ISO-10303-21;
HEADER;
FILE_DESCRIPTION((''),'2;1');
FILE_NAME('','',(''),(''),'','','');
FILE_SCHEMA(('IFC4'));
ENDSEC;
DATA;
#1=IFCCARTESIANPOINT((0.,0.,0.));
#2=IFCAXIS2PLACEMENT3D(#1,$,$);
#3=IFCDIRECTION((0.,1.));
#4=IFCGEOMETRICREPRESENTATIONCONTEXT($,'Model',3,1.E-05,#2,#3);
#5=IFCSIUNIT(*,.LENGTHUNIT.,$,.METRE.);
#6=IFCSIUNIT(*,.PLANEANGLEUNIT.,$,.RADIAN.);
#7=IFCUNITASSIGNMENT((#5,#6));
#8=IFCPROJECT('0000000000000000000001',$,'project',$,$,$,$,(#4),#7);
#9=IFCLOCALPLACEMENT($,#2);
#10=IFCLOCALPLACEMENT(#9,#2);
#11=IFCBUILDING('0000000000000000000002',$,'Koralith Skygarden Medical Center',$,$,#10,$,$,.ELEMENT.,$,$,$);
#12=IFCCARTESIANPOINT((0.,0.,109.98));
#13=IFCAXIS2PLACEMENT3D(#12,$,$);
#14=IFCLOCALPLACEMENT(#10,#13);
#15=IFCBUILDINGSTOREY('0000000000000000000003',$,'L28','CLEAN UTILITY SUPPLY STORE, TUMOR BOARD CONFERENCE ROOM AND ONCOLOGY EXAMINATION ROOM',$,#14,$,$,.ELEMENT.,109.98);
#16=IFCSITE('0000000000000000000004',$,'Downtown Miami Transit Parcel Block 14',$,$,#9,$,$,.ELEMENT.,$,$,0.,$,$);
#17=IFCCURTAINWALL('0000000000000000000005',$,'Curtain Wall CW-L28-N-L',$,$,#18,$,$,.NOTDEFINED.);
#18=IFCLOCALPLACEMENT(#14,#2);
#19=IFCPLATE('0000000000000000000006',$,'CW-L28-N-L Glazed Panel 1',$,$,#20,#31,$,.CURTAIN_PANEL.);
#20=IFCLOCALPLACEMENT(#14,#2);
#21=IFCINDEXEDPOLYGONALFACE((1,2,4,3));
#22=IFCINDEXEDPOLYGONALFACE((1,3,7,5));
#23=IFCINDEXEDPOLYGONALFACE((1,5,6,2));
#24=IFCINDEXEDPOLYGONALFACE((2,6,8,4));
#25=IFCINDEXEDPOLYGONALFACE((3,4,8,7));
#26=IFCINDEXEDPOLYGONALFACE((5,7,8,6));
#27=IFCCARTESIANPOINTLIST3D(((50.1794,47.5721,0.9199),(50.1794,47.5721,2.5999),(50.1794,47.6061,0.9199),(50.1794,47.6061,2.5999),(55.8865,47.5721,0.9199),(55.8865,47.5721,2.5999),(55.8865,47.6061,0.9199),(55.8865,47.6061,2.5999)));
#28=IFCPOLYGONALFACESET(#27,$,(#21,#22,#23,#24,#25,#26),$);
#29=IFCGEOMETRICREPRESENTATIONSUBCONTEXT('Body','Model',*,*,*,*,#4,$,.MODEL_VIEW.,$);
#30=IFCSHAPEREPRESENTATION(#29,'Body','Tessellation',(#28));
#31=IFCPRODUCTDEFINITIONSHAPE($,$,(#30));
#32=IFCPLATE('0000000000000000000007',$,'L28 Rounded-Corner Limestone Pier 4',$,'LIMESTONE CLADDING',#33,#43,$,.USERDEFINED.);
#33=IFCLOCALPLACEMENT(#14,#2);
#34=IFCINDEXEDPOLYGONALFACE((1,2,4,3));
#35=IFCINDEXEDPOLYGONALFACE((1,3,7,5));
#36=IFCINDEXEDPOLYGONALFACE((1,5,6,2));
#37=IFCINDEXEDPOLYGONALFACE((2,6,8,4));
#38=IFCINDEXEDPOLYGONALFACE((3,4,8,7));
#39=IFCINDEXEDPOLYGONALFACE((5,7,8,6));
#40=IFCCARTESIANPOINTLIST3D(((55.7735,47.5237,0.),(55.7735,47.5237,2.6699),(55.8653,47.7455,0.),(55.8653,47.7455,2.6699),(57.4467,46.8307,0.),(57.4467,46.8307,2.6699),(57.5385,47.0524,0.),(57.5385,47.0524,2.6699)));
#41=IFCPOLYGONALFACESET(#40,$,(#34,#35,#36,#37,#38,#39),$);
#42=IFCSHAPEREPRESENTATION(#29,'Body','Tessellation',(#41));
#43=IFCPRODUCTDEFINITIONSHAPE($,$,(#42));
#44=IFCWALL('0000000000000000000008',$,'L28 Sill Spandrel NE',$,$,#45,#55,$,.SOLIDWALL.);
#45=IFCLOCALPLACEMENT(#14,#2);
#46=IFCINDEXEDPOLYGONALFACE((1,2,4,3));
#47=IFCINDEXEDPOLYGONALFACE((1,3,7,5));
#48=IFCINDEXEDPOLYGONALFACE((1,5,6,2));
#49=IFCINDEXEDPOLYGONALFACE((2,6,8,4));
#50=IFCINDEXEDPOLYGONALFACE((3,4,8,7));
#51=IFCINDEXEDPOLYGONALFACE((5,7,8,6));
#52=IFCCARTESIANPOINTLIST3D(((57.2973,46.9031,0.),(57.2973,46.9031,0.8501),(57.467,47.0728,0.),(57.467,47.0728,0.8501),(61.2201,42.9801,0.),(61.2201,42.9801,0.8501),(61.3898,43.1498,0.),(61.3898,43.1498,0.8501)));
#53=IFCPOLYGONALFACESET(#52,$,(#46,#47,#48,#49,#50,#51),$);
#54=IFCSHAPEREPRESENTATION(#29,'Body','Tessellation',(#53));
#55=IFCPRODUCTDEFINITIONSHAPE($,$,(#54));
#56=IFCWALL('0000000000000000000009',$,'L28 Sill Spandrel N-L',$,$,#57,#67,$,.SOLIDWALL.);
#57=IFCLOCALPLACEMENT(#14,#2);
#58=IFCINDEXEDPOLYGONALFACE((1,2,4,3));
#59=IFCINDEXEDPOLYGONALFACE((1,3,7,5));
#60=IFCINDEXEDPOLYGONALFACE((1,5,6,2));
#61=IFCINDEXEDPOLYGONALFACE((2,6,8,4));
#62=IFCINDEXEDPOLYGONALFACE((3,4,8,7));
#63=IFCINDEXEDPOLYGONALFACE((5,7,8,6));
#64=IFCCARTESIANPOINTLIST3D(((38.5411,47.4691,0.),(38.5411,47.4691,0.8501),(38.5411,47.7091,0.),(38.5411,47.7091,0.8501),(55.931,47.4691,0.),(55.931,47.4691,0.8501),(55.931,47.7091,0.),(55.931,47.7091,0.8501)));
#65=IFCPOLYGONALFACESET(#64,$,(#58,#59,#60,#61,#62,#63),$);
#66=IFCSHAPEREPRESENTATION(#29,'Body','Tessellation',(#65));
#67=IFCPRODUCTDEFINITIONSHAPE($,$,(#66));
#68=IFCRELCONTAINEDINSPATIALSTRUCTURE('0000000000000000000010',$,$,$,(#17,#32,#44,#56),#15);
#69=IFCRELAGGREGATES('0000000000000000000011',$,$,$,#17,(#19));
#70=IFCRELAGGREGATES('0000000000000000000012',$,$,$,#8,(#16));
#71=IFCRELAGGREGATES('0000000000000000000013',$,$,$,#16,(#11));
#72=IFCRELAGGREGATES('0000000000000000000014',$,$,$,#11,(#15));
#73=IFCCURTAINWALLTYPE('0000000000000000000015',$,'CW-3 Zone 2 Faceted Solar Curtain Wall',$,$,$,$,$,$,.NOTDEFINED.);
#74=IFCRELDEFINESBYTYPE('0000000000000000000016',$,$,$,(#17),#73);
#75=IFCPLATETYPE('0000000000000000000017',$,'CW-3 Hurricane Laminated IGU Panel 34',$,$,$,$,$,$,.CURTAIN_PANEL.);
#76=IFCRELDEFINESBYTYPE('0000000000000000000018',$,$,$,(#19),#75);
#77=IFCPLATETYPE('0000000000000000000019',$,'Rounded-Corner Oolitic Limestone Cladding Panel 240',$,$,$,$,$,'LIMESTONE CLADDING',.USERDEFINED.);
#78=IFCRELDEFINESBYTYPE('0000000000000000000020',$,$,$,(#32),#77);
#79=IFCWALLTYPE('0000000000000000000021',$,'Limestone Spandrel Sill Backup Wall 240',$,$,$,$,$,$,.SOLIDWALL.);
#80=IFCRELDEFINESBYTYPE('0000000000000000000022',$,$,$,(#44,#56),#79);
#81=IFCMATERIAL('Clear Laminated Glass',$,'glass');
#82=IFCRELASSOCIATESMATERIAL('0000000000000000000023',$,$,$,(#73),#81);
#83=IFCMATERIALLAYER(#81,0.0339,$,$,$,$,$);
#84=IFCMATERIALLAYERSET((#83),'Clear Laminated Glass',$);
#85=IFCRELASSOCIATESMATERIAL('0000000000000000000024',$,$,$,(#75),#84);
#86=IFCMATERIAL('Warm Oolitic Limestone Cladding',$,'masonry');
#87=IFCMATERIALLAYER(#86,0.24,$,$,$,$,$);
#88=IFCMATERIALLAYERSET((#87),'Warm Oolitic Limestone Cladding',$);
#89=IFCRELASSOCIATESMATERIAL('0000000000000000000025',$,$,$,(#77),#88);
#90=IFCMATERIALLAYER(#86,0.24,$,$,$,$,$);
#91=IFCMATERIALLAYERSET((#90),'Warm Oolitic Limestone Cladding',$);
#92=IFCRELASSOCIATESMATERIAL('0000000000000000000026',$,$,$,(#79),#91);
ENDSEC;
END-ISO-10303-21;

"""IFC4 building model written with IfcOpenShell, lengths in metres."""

from ifc_helpers import new_model, si_unit, direction, frame, frame_2d, origin, origin_2d, place, context, subcontext, project, spatial, rectangle, extrude, material, layer, layer_set, type_object, element, aggregate, save


model = new_model("IFC4")

# Units and contexts
model_context = context("Model", 3, precision=1e-05, world=origin(), true_north=direction((0.0, 1.0)))
body_context = subcontext(model_context, "Body", "Model", "MODEL_VIEW")
ifc_project = project(units=[si_unit("LENGTHUNIT", "METRE"), si_unit("PLANEANGLEUNIT", "RADIAN")], contexts=[model_context])

# Site, building, storey
site_placement = place(None, origin())
site = spatial("IfcSite", under=ifc_project, at=site_placement, Name="Downtown Miami Transit Parcel Block 14", CompositionType="ELEMENT", RefElevation=0.0)
building_placement = place(site_placement, origin())
building = spatial("IfcBuilding", under=site, at=building_placement, Name="Koralith Skygarden Medical Center", CompositionType="ELEMENT")
storey_placement = place(building_placement, frame((0.0, 0.0, 109.98)))
storey = spatial("IfcBuildingStorey", under=building, at=storey_placement, Name="L28", Description="CLEAN UTILITY SUPPLY STORE, TUMOR BOARD CONFERENCE ROOM AND ONCOLOGY EXAMINATION ROOM", CompositionType="ELEMENT", Elevation=109.98)

# Shared definitions
ifc_material_1 = material(Name="Clear Laminated Glass", Category="glass")
curtain_wall_type = type_object("IfcCurtainWallType", Name="CW-3 Zone 2 Faceted Solar Curtain Wall", PredefinedType="NOTDEFINED", material=ifc_material_1)

# Curtain wall
curtain_wall_1_placement = place(storey_placement, origin())
curtain_wall_1 = element("IfcCurtainWall", 1, at=curtain_wall_1_placement, inside=storey, type_object=curtain_wall_type, Name="Curtain Wall CW-L28-N-L", PredefinedType="NOTDEFINED")

# Plates
ifc_layer_1 = layer(ifc_material_1, 0.0339)
ifc_layer_set_1 = layer_set([ifc_layer_1], Name="Clear Laminated Glass")
plate_type_1 = type_object("IfcPlateType", Name="CW-3 Hurricane Laminated IGU Panel 34", PredefinedType="CURTAIN_PANEL", material=ifc_layer_set_1)
plate_1_placement = place(storey_placement, frame((53.033, 47.5891, 0.9199), z_axis=(0.0, 0.0, 1.0), x_axis=(-1.0, 0.0, 0.0)))
plate_1 = element("IfcPlate", 2, at=plate_1_placement, type_object=plate_type_1, Name="CW-L28-N-L Glazed Panel 1", PredefinedType="CURTAIN_PANEL", context=body_context, shape_type="SweptSolid", body=[
    extrude(rectangle(XDim=5.707, YDim=0.0339, at=origin_2d()), origin(), (0.0, 0.0, 1.0), 1.6799),
])
aggregate(curtain_wall_1, [plate_1])
ifc_material_2 = material(Name="Warm Oolitic Limestone Cladding", Category="masonry")
ifc_layer_2 = layer(ifc_material_2, 0.24)
ifc_layer_set_2 = layer_set([ifc_layer_2], Name="Warm Oolitic Limestone Cladding")
plate_type_2 = type_object("IfcPlateType", Name="Rounded-Corner Oolitic Limestone Cladding Panel 240", ElementType="LIMESTONE CLADDING", PredefinedType="USERDEFINED", material=ifc_layer_set_2)
plate_2_placement = place(storey_placement, frame((56.656, 47.2881, 0.0), z_axis=(0.0, 0.0, 1.0), x_axis=(-0.923885, 0.382671, 0.0)))
element("IfcPlate", 3, at=plate_2_placement, inside=storey, type_object=plate_type_2, Name="L28 Rounded-Corner Limestone Pier 4", ObjectType="LIMESTONE CLADDING", PredefinedType="USERDEFINED", context=body_context, shape_type="SweptSolid", body=[
    extrude(rectangle(XDim=1.811, YDim=0.24, at=origin_2d()), origin(), (0.0, 0.0, 1.0), 2.6699),
])

# Walls
ifc_layer_3 = layer(ifc_material_2, 0.24)
ifc_layer_set_3 = layer_set([ifc_layer_3], Name="Warm Oolitic Limestone Cladding")
wall_type = type_object("IfcWallType", Name="Limestone Spandrel Sill Backup Wall 240", PredefinedType="SOLIDWALL", material=ifc_layer_set_3)
wall_1_placement = place(storey_placement, frame((61.3049, 43.0649, 0.0), z_axis=(0.0, 0.0, 1.0), x_axis=(-0.707085, 0.707129, 0.0)))
element("IfcWall", 4, at=wall_1_placement, inside=storey, type_object=wall_type, Name="L28 Sill Spandrel NE", PredefinedType="SOLIDWALL", context=body_context, shape_type="SweptSolid", body=[
    extrude(rectangle(XDim=5.5479, YDim=0.24, at=frame_2d((2.7739, 0.0))), origin(), (0.0, 0.0, 1.0), 0.8501),
])
wall_2_placement = place(storey_placement, frame((55.9309, 47.5891, 0.0), z_axis=(0.0, 0.0, 1.0), x_axis=(-1.0, 0.0, 0.0)))
element("IfcWall", 5, at=wall_2_placement, inside=storey, type_object=wall_type, Name="L28 Sill Spandrel N-L", PredefinedType="SOLIDWALL", context=body_context, shape_type="SweptSolid", body=[
    extrude(rectangle(XDim=17.3899, YDim=0.24, at=frame_2d((8.6948, 0.0))), origin(), (0.0, 0.0, 1.0), 0.8501),
])

save(model, "model.ifc")
